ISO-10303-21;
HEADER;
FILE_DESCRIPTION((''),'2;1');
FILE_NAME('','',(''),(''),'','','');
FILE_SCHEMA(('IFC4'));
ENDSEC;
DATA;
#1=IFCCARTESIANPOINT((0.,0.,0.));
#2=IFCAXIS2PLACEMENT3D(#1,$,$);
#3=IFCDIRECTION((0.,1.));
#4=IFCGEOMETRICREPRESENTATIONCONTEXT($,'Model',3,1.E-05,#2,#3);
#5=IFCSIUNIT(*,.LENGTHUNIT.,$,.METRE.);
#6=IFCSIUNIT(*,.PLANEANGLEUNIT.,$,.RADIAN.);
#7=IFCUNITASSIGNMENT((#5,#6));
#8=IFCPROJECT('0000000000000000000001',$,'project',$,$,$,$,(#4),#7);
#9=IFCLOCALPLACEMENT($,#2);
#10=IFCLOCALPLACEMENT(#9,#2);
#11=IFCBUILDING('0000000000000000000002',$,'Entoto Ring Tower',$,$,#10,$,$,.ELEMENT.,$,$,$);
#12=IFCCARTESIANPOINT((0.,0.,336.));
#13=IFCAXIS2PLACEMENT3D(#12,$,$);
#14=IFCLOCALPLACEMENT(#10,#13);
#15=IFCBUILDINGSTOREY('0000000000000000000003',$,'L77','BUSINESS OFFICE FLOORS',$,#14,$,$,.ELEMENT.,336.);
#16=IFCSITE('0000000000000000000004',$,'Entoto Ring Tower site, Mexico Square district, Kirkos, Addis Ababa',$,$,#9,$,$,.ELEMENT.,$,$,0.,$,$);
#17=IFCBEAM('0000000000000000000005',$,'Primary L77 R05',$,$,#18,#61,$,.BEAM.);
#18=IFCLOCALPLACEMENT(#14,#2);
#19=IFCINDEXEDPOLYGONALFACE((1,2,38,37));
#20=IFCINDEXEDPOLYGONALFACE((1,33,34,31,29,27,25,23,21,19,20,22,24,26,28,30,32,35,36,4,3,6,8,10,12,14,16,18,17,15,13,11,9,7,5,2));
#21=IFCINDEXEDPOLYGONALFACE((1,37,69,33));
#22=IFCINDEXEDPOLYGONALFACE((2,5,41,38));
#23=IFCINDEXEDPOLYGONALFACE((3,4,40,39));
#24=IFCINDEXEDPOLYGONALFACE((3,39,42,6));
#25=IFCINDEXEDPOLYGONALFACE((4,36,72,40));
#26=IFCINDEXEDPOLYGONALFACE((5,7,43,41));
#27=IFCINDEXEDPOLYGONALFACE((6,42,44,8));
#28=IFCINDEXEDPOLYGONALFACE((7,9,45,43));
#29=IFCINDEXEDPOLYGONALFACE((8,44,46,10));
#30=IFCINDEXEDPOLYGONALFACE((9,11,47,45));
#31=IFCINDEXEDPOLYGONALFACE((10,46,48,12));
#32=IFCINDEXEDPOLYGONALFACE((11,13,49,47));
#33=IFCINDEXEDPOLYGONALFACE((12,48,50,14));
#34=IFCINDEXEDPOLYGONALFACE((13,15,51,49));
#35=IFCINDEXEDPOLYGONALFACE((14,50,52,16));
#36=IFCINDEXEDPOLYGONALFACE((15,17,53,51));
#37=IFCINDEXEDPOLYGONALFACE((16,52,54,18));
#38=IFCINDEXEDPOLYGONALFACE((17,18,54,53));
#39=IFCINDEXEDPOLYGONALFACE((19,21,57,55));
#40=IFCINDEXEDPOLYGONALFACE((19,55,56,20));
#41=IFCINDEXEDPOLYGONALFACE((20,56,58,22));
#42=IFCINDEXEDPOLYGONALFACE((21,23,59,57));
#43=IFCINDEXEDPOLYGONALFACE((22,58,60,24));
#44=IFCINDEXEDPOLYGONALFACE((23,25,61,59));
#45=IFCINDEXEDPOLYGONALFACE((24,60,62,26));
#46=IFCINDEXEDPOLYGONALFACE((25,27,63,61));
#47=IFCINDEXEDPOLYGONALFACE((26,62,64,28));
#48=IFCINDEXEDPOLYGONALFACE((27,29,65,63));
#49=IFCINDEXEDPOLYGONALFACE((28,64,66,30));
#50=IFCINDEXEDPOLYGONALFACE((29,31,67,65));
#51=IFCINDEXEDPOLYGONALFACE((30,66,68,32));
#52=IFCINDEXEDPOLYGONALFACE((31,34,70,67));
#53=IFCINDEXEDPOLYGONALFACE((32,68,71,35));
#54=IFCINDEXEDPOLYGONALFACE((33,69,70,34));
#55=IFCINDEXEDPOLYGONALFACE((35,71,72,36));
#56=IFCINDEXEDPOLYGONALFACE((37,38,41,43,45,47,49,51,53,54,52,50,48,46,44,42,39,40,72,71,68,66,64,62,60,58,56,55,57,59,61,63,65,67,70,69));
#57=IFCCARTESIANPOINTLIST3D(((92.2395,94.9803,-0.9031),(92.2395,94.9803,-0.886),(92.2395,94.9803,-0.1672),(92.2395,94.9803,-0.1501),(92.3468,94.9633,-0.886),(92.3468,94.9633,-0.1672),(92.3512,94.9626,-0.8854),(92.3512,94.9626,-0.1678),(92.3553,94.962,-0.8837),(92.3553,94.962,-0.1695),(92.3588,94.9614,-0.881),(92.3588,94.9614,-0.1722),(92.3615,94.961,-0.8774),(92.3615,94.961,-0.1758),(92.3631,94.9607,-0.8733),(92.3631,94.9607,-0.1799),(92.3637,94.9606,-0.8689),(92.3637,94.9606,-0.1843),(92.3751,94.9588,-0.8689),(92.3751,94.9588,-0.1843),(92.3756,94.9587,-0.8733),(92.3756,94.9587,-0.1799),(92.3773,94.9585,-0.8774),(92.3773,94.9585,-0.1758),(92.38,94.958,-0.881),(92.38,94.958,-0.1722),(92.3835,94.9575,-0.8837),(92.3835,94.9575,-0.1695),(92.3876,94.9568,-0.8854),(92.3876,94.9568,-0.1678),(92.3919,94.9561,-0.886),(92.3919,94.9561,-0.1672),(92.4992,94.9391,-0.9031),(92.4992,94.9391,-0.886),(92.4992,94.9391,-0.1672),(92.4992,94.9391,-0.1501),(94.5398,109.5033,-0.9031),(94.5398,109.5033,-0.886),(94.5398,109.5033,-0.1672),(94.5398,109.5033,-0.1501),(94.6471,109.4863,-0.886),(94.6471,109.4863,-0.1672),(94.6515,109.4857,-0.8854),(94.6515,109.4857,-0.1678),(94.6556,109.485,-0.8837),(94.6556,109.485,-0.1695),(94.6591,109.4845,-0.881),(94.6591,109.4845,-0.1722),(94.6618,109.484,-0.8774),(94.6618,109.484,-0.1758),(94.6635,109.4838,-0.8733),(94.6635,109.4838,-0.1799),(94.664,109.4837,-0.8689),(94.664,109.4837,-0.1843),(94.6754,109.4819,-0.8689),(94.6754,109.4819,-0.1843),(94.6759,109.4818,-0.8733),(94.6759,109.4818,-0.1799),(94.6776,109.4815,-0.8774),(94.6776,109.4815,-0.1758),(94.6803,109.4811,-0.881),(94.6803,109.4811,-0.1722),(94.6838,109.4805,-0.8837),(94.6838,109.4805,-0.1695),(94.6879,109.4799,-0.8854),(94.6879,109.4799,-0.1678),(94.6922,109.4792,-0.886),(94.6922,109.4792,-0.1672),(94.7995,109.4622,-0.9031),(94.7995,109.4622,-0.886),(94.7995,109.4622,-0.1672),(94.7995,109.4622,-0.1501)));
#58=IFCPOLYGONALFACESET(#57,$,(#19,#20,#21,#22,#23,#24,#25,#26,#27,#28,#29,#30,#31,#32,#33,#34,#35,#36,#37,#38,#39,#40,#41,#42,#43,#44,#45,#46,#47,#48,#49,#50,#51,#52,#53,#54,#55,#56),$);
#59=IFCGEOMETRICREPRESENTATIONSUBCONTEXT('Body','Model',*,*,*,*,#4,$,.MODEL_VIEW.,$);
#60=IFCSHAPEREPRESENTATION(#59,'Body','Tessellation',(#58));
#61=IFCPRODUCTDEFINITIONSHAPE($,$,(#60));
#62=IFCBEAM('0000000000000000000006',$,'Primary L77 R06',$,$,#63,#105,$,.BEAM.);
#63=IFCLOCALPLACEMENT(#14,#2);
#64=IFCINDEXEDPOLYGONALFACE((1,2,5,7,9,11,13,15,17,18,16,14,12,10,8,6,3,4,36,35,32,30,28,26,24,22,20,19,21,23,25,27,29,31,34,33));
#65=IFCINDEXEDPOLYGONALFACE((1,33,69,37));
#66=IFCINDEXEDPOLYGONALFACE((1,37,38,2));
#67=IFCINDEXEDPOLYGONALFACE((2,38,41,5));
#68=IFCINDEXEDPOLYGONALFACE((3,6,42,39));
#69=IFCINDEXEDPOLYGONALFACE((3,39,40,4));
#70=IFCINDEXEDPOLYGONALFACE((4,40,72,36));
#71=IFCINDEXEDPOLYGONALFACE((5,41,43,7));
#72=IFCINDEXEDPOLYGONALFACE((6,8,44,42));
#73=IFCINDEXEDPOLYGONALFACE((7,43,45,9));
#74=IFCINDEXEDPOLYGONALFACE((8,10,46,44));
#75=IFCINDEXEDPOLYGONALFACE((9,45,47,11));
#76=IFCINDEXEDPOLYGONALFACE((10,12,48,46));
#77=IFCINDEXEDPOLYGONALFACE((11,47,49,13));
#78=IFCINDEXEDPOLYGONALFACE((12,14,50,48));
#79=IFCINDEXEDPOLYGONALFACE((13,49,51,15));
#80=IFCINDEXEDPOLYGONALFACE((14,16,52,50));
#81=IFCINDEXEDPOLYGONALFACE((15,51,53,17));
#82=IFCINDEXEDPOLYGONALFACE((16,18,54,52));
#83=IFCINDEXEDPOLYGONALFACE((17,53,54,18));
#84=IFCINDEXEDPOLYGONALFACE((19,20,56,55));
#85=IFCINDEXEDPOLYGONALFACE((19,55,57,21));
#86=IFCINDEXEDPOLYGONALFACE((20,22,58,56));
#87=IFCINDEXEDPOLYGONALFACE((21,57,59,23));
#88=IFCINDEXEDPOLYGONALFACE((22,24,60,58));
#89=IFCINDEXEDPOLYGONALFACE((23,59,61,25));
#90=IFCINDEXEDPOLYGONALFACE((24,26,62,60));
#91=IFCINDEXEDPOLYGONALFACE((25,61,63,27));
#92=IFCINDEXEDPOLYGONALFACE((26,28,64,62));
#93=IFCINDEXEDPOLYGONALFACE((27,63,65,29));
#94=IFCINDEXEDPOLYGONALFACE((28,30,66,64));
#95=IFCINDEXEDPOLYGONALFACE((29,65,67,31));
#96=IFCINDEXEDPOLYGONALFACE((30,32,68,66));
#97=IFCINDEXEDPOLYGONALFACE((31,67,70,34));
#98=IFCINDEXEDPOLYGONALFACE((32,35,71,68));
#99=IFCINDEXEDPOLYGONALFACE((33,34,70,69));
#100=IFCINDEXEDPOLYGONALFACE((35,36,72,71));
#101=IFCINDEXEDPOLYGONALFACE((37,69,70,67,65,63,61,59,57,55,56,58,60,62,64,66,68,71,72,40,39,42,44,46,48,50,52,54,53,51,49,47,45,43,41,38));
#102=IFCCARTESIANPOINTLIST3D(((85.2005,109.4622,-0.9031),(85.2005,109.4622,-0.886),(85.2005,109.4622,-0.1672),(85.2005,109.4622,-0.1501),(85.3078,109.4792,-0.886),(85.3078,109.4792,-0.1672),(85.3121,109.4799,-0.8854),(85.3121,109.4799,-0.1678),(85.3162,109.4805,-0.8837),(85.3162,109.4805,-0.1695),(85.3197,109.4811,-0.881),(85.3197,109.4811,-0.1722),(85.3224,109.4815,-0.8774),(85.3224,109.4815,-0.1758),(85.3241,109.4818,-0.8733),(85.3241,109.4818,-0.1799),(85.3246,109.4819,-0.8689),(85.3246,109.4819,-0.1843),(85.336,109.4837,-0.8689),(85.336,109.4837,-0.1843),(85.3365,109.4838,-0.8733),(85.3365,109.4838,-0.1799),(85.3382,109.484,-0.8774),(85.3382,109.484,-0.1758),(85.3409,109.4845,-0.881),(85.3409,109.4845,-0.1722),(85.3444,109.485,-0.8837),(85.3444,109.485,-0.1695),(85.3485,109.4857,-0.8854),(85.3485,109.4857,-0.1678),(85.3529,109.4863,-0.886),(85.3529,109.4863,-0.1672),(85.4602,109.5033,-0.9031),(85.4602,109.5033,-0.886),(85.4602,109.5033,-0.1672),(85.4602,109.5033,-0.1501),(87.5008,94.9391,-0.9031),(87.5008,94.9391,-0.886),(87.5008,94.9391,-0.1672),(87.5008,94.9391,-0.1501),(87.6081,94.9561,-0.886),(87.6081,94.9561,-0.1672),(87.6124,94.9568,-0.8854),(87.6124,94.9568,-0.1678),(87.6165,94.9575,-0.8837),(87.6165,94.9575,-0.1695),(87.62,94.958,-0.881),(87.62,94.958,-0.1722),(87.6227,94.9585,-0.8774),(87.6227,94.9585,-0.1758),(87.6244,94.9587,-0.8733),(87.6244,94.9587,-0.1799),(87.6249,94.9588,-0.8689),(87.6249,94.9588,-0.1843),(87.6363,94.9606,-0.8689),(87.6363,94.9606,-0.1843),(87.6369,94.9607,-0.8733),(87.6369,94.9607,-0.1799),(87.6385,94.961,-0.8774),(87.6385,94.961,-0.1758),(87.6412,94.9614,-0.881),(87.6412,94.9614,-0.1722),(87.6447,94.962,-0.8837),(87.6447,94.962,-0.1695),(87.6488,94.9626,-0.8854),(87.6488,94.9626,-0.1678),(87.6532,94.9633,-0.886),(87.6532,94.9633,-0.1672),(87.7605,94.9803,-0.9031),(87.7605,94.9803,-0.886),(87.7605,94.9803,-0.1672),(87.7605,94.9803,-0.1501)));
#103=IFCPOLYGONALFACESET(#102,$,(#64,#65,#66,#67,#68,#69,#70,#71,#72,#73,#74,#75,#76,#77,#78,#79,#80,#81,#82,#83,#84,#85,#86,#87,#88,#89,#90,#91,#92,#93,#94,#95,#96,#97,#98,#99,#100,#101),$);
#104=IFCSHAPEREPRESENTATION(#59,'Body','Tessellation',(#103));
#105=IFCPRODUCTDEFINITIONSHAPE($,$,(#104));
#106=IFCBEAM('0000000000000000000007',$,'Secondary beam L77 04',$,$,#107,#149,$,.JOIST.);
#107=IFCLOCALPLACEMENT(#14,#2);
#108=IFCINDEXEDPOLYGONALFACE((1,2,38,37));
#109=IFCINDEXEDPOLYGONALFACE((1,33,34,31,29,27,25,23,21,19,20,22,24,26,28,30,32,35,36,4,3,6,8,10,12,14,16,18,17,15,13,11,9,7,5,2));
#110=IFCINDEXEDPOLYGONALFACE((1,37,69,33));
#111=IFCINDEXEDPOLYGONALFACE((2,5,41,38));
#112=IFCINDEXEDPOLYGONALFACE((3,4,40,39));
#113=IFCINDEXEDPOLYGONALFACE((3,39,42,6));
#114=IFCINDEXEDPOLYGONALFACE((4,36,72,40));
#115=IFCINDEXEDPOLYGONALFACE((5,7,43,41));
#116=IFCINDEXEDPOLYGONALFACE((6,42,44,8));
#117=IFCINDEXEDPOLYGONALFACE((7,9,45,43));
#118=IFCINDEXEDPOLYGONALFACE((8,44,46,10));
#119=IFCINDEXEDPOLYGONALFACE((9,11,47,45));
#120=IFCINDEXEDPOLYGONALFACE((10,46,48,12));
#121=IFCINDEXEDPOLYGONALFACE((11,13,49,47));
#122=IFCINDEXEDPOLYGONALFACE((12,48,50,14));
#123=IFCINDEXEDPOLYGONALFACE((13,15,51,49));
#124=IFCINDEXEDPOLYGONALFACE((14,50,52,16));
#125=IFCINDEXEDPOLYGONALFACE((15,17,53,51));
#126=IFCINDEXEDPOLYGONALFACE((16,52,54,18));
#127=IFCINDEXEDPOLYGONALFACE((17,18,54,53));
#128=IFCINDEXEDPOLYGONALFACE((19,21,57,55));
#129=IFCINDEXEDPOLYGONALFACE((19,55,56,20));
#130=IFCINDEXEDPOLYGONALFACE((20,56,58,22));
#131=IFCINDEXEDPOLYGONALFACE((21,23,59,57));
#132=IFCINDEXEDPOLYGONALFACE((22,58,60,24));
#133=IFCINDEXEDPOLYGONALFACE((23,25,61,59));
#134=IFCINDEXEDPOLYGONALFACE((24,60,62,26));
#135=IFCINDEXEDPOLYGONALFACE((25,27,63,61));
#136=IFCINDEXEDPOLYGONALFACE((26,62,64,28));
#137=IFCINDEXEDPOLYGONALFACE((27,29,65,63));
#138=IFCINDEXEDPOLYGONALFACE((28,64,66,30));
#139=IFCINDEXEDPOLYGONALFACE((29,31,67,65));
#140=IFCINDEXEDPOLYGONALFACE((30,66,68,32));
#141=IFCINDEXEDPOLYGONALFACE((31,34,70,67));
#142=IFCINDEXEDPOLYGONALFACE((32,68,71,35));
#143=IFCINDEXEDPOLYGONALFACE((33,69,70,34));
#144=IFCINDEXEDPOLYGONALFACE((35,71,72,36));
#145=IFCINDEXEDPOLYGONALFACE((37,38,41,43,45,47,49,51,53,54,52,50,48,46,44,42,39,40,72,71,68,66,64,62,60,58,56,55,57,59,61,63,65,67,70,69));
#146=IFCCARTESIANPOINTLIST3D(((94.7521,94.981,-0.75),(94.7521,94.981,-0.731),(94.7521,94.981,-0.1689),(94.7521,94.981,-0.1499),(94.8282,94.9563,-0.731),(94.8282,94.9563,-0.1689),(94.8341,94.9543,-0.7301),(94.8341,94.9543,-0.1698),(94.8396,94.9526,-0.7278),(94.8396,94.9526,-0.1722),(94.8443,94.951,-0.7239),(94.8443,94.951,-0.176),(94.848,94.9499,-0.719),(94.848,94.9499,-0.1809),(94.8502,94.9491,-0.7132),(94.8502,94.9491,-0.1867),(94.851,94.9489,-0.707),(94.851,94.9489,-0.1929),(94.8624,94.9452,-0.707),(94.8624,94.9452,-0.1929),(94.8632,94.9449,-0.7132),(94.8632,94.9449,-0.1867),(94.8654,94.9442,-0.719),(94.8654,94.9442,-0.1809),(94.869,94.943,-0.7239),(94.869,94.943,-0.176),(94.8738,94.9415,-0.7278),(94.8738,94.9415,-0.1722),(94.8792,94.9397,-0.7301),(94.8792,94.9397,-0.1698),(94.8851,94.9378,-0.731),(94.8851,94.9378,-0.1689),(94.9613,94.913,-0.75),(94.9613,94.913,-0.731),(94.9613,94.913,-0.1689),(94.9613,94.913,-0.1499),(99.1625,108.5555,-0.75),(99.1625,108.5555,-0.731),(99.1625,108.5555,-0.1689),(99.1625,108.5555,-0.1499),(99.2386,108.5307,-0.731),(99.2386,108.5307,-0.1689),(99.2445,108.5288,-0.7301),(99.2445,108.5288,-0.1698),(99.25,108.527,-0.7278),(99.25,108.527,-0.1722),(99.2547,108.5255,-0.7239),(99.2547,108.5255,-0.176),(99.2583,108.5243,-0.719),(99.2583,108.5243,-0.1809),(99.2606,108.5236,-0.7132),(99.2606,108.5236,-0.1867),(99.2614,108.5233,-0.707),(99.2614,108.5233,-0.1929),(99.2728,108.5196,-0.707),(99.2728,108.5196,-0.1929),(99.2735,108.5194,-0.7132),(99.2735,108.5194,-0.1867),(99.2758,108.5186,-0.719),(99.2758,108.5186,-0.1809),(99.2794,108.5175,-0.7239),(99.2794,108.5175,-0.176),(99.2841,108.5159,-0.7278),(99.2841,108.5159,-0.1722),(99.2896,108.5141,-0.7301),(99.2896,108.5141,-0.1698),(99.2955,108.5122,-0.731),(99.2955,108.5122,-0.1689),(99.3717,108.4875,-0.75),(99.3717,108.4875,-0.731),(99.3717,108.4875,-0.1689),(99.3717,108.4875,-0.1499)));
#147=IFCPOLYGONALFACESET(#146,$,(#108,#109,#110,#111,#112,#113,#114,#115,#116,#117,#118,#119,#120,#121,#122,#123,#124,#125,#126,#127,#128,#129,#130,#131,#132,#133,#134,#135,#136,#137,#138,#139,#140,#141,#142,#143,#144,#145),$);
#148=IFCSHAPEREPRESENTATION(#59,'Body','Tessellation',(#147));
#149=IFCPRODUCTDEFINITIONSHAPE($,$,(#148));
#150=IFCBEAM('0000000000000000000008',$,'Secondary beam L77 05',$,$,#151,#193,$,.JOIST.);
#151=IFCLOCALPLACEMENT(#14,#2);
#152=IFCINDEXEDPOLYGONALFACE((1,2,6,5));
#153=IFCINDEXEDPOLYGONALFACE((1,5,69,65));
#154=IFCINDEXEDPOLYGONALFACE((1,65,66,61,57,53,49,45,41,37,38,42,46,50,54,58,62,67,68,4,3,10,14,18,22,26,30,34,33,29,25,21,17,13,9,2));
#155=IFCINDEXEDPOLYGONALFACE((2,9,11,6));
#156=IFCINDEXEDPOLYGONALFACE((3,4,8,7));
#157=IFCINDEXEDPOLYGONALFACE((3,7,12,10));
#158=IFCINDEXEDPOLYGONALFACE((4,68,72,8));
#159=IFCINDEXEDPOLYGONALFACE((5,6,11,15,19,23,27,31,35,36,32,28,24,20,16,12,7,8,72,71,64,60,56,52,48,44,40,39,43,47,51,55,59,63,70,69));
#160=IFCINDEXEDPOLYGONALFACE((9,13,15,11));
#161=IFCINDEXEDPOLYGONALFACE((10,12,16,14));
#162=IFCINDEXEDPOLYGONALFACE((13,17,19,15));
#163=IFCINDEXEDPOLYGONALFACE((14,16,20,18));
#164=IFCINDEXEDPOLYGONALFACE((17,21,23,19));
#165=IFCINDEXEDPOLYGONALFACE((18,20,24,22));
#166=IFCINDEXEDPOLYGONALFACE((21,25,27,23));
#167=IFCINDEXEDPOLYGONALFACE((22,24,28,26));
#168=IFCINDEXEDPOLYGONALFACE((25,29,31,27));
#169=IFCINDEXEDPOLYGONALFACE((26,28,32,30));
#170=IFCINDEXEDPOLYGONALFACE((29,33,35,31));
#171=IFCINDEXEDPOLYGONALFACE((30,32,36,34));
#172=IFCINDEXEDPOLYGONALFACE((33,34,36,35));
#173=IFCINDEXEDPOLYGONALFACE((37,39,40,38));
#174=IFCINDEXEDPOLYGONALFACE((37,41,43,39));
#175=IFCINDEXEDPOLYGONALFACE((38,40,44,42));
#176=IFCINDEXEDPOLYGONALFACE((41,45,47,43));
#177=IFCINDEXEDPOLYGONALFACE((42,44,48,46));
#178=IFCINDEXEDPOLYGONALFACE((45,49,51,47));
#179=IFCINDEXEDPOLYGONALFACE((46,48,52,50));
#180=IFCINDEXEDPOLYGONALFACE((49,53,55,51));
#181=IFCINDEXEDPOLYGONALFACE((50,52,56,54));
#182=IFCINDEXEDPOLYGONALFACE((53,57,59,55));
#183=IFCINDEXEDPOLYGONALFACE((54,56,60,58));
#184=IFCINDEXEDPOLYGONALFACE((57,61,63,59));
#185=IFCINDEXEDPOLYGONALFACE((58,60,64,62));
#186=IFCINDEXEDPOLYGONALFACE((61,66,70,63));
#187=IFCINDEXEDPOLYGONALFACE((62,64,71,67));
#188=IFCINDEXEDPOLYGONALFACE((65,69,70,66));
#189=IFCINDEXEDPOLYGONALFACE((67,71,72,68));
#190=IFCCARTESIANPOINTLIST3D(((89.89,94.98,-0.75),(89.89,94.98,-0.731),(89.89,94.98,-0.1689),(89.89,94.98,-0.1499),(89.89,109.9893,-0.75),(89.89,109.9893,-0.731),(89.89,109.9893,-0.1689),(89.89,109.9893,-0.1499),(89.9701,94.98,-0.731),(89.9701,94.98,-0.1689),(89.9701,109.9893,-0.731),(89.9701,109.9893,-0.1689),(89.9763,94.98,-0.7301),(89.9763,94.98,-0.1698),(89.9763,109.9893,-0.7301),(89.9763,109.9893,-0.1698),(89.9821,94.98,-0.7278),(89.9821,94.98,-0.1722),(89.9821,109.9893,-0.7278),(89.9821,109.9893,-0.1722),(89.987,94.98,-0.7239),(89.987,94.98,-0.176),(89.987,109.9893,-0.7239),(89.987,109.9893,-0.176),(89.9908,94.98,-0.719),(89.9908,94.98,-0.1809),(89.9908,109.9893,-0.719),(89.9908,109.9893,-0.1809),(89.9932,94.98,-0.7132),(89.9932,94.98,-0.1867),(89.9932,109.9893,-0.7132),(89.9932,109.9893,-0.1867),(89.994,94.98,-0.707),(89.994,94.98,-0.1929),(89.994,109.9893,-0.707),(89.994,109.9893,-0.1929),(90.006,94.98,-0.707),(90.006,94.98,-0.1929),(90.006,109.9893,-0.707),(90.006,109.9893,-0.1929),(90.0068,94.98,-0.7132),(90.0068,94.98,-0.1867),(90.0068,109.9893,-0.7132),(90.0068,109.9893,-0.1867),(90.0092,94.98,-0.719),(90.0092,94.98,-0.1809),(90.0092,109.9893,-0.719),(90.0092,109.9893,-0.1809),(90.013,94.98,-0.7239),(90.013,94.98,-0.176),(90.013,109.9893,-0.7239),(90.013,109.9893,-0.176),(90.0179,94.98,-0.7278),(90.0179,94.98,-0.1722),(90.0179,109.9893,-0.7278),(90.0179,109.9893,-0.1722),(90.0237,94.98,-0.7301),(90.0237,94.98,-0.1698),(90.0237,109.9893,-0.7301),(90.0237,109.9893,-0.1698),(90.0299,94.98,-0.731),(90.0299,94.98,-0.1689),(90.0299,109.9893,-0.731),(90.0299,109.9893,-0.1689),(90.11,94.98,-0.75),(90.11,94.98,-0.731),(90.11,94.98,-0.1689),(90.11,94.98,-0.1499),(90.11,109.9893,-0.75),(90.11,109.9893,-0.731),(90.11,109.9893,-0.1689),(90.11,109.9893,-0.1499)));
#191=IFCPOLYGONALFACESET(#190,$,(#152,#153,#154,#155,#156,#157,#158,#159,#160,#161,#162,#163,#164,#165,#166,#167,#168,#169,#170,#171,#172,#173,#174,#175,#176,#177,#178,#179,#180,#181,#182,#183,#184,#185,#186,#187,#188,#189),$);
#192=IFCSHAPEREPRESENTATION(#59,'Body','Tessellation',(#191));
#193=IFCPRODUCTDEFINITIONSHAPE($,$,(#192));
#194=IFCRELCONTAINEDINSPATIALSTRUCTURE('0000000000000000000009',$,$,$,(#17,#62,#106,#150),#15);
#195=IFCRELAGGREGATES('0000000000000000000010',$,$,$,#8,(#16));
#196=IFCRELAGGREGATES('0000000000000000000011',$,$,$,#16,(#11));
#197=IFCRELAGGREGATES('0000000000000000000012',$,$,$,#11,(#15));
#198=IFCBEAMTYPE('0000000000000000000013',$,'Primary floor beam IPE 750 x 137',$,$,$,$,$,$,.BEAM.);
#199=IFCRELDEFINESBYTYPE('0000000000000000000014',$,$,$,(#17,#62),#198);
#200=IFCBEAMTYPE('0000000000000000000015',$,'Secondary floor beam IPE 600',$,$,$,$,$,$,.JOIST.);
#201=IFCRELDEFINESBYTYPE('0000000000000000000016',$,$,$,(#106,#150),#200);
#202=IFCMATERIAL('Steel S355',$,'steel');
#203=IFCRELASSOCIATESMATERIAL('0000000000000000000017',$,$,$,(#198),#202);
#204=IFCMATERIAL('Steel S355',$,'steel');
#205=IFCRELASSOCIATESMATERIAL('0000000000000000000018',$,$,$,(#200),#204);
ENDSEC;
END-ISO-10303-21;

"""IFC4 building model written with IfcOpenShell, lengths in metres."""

from ifc_helpers import new_model, si_unit, direction, frame, origin, origin_2d, place, context, subcontext, project, spatial, i_section, extrude, material, material_profile, profile_set, type_object, element, save


model = new_model("IFC4")

# Units and contexts
model_context = context("Model", 3, precision=1e-05, world=origin(), true_north=direction((0.0, 1.0)))
body_context = subcontext(model_context, "Body", "Model", "MODEL_VIEW")
ifc_project = project(units=[si_unit("LENGTHUNIT", "METRE"), si_unit("PLANEANGLEUNIT", "RADIAN")], contexts=[model_context])

# Site, building, storey
site_placement = place(None, origin())
site = spatial("IfcSite", under=ifc_project, at=site_placement, Name="Entoto Ring Tower site, Mexico Square district, Kirkos, Addis Ababa", CompositionType="ELEMENT", RefElevation=0.0)
building_placement = place(site_placement, origin())
building = spatial("IfcBuilding", under=site, at=building_placement, Name="Entoto Ring Tower", CompositionType="ELEMENT")
storey_placement = place(building_placement, frame((0.0, 0.0, 336.0)))
storey = spatial("IfcBuildingStorey", under=building, at=storey_placement, Name="L77", Description="BUSINESS OFFICE FLOORS", CompositionType="ELEMENT", Elevation=336.0)

# Beams
ifc_material_1 = material(Name="Steel S355", Category="steel")
ifc_material_profile_1 = material_profile(ifc_material_1, i_section(OverallWidth=0.2629, OverallDepth=0.7529, WebThickness=0.0115, FlangeThickness=0.0171, FilletRadius=0.0171, at=origin_2d()), Name="IPE 750 x 137")
ifc_profile_set_1 = profile_set([ifc_material_profile_1], Name="Steel S355")
beam_type_1 = type_object("IfcBeamType", Name="Primary floor beam IPE 750 x 137", PredefinedType="BEAM", material=ifc_profile_set_1)
for number, where, z_axis, x_axis, name in (
    (1, (92.3694, 94.9597, -0.5266), (0.15644, 0.987687, 0.0), (-0.987687, 0.15644, 0.0), "Primary L77 R05"),
    (2, (87.6306, 94.9597, -0.5266), (-0.15644, 0.987687, 0.0), (-0.987687, -0.15644, 0.0), "Primary L77 R06"),
):
    element("IfcBeam", number, at=place(storey_placement, frame(where, z_axis=z_axis, x_axis=x_axis)), inside=storey, type_object=beam_type_1, Name=name, PredefinedType="BEAM", context=body_context, shape_type="SweptSolid", body=[
        extrude(i_section(OverallWidth=0.2629, OverallDepth=0.7529, WebThickness=0.0115, FlangeThickness=0.0171, FilletRadius=0.0171, at=origin_2d()), origin(), (0.0, 0.0, 1.0), 14.7041),
    ])
ifc_material_2 = material(Name="Steel S355", Category="steel")
ifc_material_profile_2 = material_profile(ifc_material_2, i_section(OverallWidth=0.22, OverallDepth=0.6001, WebThickness=0.012, FlangeThickness=0.019, FilletRadius=0.0239, at=origin_2d()), Name="IPE 600")
ifc_profile_set_2 = profile_set([ifc_material_profile_2], Name="Steel S355")
beam_type_2 = type_object("IfcBeamType", Name="Secondary floor beam IPE 600", PredefinedType="JOIST", material=ifc_profile_set_2)
beam_1_placement = place(storey_placement, frame((94.8567, 94.947, -0.45), z_axis=(0.309004, 0.951061, 0.0), x_axis=(-0.951061, 0.309004, 0.0)))
element("IfcBeam", 3, at=beam_1_placement, inside=storey, type_object=beam_type_2, Name="Secondary beam L77 04", PredefinedType="JOIST", context=body_context, shape_type="SweptSolid", body=[
    extrude(i_section(OverallWidth=0.22, OverallDepth=0.6001, WebThickness=0.012, FlangeThickness=0.019, FilletRadius=0.0239, at=origin_2d()), origin(), (0.0, 0.0, 1.0), 14.2729),
])
beam_2_placement = place(storey_placement, frame((90.0, 94.98, -0.45), z_axis=(0.0, 1.0, 0.0), x_axis=(-1.0, 0.0, 0.0)))
element("IfcBeam", 4, at=beam_2_placement, inside=storey, type_object=beam_type_2, Name="Secondary beam L77 05", PredefinedType="JOIST", context=body_context, shape_type="SweptSolid", body=[
    extrude(i_section(OverallWidth=0.22, OverallDepth=0.6001, WebThickness=0.012, FlangeThickness=0.019, FilletRadius=0.0239, at=origin_2d()), origin(), (0.0, 0.0, 1.0), 15.0093),
])

save(model, "model.ifc")
